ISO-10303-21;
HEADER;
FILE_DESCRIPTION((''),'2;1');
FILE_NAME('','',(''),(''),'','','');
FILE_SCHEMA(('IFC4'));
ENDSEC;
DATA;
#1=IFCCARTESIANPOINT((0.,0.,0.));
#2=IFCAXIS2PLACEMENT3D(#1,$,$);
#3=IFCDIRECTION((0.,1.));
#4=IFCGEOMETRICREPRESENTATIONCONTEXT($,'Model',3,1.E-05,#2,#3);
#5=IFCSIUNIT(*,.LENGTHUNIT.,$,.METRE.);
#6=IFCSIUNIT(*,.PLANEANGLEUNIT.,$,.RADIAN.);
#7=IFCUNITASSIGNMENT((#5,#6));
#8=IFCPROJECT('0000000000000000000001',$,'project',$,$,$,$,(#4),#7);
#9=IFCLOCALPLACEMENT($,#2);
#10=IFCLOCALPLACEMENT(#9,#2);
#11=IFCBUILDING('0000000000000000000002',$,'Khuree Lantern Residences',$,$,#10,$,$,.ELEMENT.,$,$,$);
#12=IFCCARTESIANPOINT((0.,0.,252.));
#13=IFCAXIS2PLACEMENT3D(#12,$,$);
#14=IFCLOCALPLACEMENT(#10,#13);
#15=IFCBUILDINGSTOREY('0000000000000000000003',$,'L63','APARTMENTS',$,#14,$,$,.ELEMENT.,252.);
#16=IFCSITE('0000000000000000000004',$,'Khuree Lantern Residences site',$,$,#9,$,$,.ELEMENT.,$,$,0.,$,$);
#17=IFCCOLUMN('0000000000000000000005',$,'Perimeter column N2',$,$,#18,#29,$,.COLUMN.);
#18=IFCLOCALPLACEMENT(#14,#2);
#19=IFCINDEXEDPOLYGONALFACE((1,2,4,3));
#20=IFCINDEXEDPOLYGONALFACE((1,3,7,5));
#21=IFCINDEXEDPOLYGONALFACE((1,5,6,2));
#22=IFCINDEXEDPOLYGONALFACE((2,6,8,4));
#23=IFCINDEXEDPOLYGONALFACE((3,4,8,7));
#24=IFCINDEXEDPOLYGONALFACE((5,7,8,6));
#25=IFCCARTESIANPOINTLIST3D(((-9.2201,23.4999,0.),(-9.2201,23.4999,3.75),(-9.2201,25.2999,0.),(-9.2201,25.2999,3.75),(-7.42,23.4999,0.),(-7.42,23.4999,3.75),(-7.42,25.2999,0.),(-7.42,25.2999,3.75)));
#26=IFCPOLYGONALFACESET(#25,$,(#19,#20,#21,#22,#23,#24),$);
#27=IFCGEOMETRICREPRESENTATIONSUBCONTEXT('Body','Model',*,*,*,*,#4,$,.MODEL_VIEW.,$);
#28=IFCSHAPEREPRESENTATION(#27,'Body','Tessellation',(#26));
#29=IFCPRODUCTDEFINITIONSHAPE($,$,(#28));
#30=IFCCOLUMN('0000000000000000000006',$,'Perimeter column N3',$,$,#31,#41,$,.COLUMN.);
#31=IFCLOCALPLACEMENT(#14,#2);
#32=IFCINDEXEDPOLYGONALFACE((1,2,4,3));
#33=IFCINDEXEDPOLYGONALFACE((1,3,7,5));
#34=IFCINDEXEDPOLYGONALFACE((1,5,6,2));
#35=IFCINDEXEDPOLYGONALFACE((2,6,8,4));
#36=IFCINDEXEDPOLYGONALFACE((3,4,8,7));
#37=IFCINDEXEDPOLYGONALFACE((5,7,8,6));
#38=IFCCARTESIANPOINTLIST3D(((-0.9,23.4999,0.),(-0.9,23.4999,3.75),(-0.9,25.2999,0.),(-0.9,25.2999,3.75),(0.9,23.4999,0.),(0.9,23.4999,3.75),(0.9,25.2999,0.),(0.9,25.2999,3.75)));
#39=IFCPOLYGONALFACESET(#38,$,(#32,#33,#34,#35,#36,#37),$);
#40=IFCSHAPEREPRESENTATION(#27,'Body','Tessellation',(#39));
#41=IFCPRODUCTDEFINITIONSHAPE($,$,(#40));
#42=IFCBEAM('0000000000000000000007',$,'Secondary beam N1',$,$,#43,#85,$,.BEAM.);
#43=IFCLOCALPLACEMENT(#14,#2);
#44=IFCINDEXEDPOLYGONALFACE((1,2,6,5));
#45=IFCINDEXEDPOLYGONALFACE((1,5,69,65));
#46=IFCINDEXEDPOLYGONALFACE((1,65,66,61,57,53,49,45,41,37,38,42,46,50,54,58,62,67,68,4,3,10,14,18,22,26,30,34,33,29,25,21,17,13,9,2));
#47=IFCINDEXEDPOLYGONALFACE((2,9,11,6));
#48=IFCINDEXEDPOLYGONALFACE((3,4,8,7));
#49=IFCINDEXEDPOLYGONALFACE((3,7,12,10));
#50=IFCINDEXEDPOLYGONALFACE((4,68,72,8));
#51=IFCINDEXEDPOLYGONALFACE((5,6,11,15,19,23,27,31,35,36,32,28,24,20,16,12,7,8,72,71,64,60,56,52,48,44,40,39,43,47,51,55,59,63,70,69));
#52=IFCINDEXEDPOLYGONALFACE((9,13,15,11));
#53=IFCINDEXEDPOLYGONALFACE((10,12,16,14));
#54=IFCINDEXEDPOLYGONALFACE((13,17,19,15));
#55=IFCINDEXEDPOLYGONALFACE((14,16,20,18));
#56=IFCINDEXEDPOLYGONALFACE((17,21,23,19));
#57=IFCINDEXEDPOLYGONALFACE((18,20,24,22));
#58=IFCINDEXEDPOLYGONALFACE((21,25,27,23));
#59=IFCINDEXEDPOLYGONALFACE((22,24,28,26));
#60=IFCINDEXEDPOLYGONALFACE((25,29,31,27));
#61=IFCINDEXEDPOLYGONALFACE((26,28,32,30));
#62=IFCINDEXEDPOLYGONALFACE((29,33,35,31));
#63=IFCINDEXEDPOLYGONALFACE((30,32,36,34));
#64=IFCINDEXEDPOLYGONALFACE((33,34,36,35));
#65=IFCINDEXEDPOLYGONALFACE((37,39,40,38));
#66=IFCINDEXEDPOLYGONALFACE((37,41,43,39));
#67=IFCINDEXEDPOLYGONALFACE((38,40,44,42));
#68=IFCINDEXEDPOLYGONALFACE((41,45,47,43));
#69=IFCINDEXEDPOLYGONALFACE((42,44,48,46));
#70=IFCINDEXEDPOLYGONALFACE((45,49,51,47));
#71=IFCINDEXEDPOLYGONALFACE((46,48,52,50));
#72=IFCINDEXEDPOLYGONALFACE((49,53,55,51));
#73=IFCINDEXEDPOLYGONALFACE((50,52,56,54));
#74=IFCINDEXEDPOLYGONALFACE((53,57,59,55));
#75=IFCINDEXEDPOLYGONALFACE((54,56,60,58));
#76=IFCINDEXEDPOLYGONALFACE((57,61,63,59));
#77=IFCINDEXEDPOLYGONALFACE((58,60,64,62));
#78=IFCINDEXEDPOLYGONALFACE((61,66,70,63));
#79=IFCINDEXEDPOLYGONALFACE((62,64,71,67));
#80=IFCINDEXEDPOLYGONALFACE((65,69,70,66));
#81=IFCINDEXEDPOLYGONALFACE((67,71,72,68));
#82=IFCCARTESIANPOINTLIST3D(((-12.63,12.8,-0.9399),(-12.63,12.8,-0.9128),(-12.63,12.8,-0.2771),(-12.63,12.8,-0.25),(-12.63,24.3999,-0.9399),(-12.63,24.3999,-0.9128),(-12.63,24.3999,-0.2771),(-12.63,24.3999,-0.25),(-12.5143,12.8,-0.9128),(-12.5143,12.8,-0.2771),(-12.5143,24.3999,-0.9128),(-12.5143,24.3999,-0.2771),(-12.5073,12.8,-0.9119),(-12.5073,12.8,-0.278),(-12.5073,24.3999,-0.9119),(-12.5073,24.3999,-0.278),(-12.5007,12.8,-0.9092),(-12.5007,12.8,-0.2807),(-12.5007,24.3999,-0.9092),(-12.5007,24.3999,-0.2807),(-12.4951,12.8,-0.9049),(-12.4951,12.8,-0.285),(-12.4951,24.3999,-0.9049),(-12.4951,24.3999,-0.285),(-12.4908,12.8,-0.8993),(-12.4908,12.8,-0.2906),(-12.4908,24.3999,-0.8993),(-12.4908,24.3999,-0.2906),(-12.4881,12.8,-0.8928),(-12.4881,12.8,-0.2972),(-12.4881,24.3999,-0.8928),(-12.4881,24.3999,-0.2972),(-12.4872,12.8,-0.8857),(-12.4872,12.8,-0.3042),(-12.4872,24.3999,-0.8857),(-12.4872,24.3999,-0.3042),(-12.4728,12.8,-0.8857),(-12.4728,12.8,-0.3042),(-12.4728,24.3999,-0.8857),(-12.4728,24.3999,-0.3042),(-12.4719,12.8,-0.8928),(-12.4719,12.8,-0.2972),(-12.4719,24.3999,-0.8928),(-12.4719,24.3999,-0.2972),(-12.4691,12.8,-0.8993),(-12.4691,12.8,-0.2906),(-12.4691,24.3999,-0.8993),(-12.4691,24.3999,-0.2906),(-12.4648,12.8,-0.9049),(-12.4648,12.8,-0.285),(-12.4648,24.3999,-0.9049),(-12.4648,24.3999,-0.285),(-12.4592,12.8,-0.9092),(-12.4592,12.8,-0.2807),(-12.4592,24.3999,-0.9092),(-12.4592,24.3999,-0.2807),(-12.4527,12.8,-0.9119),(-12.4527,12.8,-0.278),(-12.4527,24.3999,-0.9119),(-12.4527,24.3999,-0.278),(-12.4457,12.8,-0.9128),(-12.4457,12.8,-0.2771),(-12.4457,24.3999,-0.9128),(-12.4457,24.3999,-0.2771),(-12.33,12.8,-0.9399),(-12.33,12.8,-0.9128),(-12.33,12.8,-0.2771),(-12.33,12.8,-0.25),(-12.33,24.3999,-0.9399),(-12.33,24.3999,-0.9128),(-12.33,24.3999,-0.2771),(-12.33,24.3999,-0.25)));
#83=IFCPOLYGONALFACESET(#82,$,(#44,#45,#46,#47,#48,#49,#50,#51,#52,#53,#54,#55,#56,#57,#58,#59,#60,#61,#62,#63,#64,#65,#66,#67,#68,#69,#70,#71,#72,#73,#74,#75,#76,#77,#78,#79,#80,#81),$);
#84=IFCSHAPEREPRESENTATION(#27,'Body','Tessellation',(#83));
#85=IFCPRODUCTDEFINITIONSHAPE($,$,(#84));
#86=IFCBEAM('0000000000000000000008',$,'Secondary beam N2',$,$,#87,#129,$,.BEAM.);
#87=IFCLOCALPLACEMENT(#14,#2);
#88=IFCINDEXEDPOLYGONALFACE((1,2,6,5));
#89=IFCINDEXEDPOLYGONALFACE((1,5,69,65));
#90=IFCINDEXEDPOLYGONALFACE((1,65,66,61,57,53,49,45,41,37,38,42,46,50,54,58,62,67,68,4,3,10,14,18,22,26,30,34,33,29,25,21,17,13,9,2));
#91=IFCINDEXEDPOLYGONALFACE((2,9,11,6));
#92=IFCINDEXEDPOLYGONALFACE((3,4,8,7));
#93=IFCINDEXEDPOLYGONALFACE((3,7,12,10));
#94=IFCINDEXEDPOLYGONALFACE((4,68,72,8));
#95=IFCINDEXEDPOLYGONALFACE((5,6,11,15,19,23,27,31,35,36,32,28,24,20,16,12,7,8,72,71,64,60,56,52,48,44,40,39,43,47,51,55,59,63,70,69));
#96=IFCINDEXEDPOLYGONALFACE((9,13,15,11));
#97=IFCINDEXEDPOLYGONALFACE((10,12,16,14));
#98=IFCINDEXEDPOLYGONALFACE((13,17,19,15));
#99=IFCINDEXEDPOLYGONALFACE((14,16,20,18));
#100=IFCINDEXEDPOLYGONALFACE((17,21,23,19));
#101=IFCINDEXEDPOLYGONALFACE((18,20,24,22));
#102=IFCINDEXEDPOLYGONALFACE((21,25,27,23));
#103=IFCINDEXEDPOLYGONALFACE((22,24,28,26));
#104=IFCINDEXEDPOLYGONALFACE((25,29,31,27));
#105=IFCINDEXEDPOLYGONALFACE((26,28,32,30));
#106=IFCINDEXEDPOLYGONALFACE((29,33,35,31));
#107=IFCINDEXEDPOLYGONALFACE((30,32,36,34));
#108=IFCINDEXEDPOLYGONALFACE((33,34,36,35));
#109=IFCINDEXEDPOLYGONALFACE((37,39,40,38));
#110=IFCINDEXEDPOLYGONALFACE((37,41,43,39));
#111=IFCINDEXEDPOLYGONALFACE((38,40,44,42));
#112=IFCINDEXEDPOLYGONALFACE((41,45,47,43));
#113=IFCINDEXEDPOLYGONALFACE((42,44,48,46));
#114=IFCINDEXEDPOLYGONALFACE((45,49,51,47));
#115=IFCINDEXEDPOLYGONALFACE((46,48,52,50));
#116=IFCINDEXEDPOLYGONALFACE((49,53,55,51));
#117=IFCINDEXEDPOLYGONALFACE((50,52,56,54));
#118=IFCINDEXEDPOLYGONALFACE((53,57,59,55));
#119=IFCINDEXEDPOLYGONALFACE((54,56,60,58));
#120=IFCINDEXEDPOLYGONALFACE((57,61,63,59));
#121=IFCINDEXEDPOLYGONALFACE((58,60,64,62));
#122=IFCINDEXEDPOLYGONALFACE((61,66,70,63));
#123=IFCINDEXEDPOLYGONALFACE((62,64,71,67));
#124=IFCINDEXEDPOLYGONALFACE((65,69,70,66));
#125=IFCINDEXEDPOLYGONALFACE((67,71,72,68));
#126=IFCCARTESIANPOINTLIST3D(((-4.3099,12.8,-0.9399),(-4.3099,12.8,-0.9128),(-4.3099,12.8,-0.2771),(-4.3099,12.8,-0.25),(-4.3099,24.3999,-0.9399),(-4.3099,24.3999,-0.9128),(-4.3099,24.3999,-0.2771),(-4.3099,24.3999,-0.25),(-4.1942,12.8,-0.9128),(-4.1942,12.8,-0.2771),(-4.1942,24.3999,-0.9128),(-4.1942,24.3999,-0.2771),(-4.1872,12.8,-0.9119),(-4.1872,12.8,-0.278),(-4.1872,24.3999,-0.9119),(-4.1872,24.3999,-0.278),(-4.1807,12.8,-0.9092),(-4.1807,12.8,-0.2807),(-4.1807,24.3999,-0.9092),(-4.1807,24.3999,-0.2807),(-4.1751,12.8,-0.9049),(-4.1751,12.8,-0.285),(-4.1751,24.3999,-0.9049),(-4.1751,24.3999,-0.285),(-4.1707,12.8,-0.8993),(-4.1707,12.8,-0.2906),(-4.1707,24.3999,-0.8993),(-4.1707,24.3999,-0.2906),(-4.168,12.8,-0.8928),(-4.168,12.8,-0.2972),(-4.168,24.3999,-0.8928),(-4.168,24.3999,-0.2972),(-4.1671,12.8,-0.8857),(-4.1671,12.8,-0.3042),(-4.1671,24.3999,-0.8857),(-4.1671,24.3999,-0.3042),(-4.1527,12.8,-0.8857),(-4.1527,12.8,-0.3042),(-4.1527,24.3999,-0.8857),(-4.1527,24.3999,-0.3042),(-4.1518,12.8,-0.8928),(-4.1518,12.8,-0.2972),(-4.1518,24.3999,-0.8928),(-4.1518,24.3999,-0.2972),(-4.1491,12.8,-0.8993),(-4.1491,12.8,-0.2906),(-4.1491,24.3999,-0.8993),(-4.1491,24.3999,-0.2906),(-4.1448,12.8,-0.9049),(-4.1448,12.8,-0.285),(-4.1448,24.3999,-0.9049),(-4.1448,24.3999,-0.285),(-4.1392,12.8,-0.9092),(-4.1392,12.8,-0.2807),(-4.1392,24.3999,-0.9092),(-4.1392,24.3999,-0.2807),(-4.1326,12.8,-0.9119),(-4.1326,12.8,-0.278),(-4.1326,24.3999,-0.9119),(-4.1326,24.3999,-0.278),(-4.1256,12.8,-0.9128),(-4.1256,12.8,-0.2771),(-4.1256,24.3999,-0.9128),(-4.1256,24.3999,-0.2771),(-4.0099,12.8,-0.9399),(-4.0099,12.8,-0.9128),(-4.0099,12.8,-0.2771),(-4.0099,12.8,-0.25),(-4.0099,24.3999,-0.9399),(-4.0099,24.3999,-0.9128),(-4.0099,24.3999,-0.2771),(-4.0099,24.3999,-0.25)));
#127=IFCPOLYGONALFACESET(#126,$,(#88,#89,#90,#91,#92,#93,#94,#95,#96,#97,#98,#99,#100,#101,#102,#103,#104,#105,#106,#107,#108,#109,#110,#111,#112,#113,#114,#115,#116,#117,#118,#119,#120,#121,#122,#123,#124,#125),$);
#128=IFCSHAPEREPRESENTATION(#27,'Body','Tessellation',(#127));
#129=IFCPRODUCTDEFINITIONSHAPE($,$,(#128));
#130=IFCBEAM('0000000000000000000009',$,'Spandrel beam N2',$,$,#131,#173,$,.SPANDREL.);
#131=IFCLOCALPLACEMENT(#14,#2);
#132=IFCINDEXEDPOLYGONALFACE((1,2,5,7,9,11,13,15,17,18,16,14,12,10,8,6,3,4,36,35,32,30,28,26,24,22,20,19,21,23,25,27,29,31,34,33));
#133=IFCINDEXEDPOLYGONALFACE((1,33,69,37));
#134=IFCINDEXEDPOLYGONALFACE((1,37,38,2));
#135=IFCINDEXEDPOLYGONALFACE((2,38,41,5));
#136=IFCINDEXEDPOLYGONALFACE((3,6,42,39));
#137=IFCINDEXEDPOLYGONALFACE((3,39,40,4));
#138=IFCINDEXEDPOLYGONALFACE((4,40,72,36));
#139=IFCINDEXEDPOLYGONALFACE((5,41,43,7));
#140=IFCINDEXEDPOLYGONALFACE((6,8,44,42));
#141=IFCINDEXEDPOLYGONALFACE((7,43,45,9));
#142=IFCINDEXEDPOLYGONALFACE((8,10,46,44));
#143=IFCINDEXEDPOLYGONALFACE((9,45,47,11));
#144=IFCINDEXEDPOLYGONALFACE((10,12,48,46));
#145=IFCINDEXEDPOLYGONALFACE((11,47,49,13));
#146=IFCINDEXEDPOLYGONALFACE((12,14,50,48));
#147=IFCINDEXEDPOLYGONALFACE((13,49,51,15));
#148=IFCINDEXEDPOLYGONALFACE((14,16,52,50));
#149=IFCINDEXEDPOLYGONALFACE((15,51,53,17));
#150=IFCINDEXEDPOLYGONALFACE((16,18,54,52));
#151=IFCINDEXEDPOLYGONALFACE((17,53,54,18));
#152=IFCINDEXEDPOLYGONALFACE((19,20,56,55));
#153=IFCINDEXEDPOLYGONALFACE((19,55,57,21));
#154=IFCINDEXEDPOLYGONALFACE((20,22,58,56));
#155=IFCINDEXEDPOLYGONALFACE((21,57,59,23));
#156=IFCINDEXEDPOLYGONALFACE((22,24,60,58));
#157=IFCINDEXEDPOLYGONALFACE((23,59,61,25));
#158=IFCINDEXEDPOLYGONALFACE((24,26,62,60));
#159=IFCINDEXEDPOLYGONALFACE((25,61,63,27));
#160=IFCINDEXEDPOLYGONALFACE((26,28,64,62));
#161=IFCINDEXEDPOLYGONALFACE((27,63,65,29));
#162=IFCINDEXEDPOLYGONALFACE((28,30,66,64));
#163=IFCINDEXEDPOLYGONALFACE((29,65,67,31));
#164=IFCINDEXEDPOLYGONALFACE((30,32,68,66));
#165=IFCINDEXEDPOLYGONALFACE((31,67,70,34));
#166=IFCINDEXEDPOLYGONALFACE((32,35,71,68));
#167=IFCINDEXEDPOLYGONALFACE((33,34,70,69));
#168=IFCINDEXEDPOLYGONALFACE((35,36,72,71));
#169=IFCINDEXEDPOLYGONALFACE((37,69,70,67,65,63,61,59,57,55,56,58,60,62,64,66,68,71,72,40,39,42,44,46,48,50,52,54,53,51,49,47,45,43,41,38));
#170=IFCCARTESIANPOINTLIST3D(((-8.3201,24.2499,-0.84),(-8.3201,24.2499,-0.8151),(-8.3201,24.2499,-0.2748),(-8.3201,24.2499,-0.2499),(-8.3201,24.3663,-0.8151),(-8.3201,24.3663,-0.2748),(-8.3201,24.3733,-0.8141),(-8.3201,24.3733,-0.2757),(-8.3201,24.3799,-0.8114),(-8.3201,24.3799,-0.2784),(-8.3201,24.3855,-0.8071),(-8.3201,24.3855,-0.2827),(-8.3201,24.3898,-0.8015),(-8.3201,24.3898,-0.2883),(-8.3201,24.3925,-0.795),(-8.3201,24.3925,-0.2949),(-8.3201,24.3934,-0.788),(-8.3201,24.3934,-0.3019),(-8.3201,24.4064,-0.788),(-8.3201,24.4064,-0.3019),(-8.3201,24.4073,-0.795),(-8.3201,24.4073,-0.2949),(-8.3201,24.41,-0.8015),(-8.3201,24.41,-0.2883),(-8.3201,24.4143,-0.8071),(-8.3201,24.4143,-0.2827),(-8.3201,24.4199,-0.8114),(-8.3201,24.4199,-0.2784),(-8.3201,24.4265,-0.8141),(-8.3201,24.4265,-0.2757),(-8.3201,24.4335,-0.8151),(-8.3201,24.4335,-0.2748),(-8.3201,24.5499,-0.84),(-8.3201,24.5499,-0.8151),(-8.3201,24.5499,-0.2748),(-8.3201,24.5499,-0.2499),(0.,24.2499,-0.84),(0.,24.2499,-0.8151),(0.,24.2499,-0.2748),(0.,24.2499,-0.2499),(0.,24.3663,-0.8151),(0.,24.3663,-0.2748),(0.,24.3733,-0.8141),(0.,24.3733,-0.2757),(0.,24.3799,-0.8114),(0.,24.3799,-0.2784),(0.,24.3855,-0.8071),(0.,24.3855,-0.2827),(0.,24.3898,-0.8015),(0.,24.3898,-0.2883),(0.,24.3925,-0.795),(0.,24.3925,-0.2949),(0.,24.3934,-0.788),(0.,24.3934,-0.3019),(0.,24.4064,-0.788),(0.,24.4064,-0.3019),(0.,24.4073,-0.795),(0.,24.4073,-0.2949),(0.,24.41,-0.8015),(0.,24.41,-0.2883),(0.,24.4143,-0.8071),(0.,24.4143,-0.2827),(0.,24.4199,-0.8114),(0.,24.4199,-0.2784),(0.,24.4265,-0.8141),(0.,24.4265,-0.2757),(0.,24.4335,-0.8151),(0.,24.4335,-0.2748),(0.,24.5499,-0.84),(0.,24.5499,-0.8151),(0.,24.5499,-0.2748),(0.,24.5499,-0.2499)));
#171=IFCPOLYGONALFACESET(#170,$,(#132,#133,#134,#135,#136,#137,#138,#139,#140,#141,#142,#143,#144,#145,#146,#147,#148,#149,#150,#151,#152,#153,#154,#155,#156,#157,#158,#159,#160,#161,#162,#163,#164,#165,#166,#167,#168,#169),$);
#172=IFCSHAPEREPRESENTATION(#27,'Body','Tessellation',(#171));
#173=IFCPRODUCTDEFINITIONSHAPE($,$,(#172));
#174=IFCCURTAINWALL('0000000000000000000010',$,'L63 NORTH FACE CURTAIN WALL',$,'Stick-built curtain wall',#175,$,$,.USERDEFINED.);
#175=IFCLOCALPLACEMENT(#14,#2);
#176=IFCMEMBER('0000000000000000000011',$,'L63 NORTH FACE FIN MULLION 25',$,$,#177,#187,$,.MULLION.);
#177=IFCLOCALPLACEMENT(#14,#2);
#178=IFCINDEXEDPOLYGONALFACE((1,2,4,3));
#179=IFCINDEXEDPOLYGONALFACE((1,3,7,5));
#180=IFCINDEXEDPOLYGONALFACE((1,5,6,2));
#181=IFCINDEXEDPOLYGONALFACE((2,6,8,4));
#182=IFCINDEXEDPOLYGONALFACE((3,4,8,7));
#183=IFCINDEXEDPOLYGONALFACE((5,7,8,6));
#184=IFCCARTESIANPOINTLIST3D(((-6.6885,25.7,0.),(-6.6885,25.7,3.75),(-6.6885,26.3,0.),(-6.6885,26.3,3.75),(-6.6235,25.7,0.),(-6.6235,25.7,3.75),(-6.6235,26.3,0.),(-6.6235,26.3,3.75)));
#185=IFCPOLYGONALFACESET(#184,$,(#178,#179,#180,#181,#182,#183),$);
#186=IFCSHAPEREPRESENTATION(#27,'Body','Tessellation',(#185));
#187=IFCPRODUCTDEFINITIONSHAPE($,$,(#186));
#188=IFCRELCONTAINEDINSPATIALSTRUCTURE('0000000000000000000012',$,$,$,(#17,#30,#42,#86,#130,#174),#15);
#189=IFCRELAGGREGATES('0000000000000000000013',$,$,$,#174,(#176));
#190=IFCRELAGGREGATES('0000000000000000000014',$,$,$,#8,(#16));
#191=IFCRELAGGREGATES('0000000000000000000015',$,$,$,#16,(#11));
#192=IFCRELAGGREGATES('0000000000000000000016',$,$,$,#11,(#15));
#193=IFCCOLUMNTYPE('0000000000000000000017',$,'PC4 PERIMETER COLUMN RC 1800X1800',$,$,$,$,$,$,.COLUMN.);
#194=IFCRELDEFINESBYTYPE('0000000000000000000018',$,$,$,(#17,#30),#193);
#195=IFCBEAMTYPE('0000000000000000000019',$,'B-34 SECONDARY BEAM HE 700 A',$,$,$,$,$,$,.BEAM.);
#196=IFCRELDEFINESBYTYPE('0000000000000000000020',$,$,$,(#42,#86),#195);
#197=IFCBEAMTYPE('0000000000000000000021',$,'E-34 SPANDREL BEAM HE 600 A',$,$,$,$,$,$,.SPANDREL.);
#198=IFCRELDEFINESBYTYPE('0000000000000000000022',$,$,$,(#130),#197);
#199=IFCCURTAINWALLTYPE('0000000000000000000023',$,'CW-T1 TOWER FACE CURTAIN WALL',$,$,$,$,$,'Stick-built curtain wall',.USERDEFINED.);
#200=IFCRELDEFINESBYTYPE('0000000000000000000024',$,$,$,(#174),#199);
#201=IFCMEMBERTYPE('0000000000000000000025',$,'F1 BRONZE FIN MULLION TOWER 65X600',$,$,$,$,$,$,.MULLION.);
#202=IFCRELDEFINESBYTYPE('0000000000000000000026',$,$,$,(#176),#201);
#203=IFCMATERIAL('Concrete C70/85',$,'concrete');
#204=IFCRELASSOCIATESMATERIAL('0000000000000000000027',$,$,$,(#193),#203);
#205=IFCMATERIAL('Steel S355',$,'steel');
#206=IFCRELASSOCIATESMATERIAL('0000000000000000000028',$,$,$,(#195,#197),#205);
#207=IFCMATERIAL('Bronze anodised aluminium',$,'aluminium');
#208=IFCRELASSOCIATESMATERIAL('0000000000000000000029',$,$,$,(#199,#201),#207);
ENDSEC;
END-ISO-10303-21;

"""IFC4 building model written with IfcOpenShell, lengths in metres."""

from ifc_helpers import new_model, si_unit, direction, frame, origin, origin_2d, place, context, subcontext, project, spatial, rectangle, i_section, extrude, material, material_profile, profile_set, type_object, element, aggregate, save


model = new_model("IFC4")

# Units and contexts
model_context = context("Model", 3, precision=1e-05, world=origin(), true_north=direction((0.0, 1.0)))
body_context = subcontext(model_context, "Body", "Model", "MODEL_VIEW")
ifc_project = project(units=[si_unit("LENGTHUNIT", "METRE"), si_unit("PLANEANGLEUNIT", "RADIAN")], contexts=[model_context])

# Site, building, storey
site_placement = place(None, origin())
site = spatial("IfcSite", under=ifc_project, at=site_placement, Name="Khuree Lantern Residences site", CompositionType="ELEMENT", RefElevation=0.0)
building_placement = place(site_placement, origin())
building = spatial("IfcBuilding", under=site, at=building_placement, Name="Khuree Lantern Residences", CompositionType="ELEMENT")
storey_placement = place(building_placement, frame((0.0, 0.0, 252.0)))
storey = spatial("IfcBuildingStorey", under=building, at=storey_placement, Name="L63", Description="APARTMENTS", CompositionType="ELEMENT", Elevation=252.0)

# Columns
ifc_material_1 = material(Name="Concrete C70/85", Category="concrete")
ifc_material_profile_1 = material_profile(ifc_material_1, rectangle(XDim=1.8, YDim=1.8, at=origin_2d()), Name="RC 1800X1800")
ifc_profile_set_1 = profile_set([ifc_material_profile_1], Name="Concrete C70/85")
column_type = type_object("IfcColumnType", Name="PC4 PERIMETER COLUMN RC 1800X1800", PredefinedType="COLUMN", material=ifc_profile_set_1)
for number, where, z_axis, x_axis, name in (
    (1, (-8.3201, 24.3999, 0.0), (0.0, 0.0, 1.0), (1.0, 0.0, 0.0), "Perimeter column N2"),
    (2, (0.0, 24.3999, 0.0), (0.0, 0.0, 1.0), (1.0, 0.0, 0.0), "Perimeter column N3"),
):
    element("IfcColumn", number, at=place(storey_placement, frame(where, z_axis=z_axis, x_axis=x_axis)), inside=storey, type_object=column_type, Name=name, PredefinedType="COLUMN", context=body_context, shape_type="SweptSolid", body=[
        extrude(rectangle(XDim=1.8, YDim=1.8, at=origin_2d()), origin(), (0.0, 0.0, 1.0), 3.75),
    ])

# Beams
ifc_material_2 = material(Name="Steel S355", Category="steel")
ifc_material_profile_2 = material_profile(ifc_material_2, i_section(OverallWidth=0.3, OverallDepth=0.6899, WebThickness=0.0144, FlangeThickness=0.0271, FilletRadius=0.0271, at=origin_2d()), Name="HE 700 A")
ifc_profile_set_2 = profile_set([ifc_material_profile_2], Name="Steel S355")
beam_type_1 = type_object("IfcBeamType", Name="B-34 SECONDARY BEAM HE 700 A", PredefinedType="BEAM", material=ifc_profile_set_2)
for number, where, z_axis, x_axis, name in (
    (3, (-12.48, 24.3999, -0.595), (0.0, -1.0, 0.0), (1.0, 0.0, 0.0), "Secondary beam N1"),
    (4, (-4.1599, 24.3999, -0.595), (0.0, -1.0, 0.0), (1.0, 0.0, 0.0), "Secondary beam N2"),
):
    element("IfcBeam", number, at=place(storey_placement, frame(where, z_axis=z_axis, x_axis=x_axis)), inside=storey, type_object=beam_type_1, Name=name, PredefinedType="BEAM", context=body_context, shape_type="SweptSolid", body=[
        extrude(i_section(OverallWidth=0.3, OverallDepth=0.6899, WebThickness=0.0144, FlangeThickness=0.0271, FilletRadius=0.0271, at=origin_2d()), origin(), (0.0, 0.0, 1.0), 11.5999),
    ])
ifc_material_profile_3 = material_profile(ifc_material_2, i_section(OverallWidth=0.3, OverallDepth=0.5901, WebThickness=0.0129, FlangeThickness=0.0249, FilletRadius=0.0271, at=origin_2d()), Name="HE 600 A")
ifc_profile_set_3 = profile_set([ifc_material_profile_3], Name="Steel S355")
beam_type_2 = type_object("IfcBeamType", Name="E-34 SPANDREL BEAM HE 600 A", PredefinedType="SPANDREL", material=ifc_profile_set_3)
beam_placement = place(storey_placement, frame((-8.3201, 24.3999, -0.5449), z_axis=(1.0, 0.0, 0.0), x_axis=(0.0, 1.0, 0.0)))
element("IfcBeam", 5, at=beam_placement, inside=storey, type_object=beam_type_2, Name="Spandrel beam N2", PredefinedType="SPANDREL", context=body_context, shape_type="SweptSolid", body=[
    extrude(i_section(OverallWidth=0.3, OverallDepth=0.5901, WebThickness=0.0129, FlangeThickness=0.0249, FilletRadius=0.0271, at=origin_2d()), origin(), (0.0, 0.0, 1.0), 8.3201),
])

# Curtain wall, member
ifc_material_3 = material(Name="Bronze anodised aluminium", Category="aluminium")
curtain_wall_type = type_object("IfcCurtainWallType", Name="CW-T1 TOWER FACE CURTAIN WALL", ElementType="Stick-built curtain wall", PredefinedType="USERDEFINED", material=ifc_material_3)
curtain_wall_placement = place(storey_placement, origin())
curtain_wall = element("IfcCurtainWall", 6, at=curtain_wall_placement, inside=storey, type_object=curtain_wall_type, Name="L63 NORTH FACE CURTAIN WALL", ObjectType="Stick-built curtain wall", PredefinedType="USERDEFINED")
ifc_material_profile_4 = material_profile(ifc_material_3, rectangle(XDim=0.0649, YDim=0.6001, at=origin_2d()), Name="F1 65X600")
ifc_profile_set_4 = profile_set([ifc_material_profile_4], Name="Bronze anodised aluminium")
member_type_1 = type_object("IfcMemberType", Name="F1 BRONZE FIN MULLION TOWER 65X600", PredefinedType="MULLION", material=ifc_profile_set_4)
member_1_placement = place(storey_placement, frame((-6.656, 26.0, 0.0), z_axis=(0.0, 0.0, 1.0), x_axis=(-1.0, 0.0, 0.0)))
member_1 = element("IfcMember", 7, at=member_1_placement, type_object=member_type_1, Name="L63 NORTH FACE FIN MULLION 25", PredefinedType="MULLION", context=body_context, shape_type="SweptSolid", body=[
    extrude(rectangle(XDim=0.0649, YDim=0.6001, at=origin_2d()), origin(), (0.0, 0.0, 1.0), 3.75),
])

aggregate(curtain_wall, [member_1])

save(model, "model.ifc")
